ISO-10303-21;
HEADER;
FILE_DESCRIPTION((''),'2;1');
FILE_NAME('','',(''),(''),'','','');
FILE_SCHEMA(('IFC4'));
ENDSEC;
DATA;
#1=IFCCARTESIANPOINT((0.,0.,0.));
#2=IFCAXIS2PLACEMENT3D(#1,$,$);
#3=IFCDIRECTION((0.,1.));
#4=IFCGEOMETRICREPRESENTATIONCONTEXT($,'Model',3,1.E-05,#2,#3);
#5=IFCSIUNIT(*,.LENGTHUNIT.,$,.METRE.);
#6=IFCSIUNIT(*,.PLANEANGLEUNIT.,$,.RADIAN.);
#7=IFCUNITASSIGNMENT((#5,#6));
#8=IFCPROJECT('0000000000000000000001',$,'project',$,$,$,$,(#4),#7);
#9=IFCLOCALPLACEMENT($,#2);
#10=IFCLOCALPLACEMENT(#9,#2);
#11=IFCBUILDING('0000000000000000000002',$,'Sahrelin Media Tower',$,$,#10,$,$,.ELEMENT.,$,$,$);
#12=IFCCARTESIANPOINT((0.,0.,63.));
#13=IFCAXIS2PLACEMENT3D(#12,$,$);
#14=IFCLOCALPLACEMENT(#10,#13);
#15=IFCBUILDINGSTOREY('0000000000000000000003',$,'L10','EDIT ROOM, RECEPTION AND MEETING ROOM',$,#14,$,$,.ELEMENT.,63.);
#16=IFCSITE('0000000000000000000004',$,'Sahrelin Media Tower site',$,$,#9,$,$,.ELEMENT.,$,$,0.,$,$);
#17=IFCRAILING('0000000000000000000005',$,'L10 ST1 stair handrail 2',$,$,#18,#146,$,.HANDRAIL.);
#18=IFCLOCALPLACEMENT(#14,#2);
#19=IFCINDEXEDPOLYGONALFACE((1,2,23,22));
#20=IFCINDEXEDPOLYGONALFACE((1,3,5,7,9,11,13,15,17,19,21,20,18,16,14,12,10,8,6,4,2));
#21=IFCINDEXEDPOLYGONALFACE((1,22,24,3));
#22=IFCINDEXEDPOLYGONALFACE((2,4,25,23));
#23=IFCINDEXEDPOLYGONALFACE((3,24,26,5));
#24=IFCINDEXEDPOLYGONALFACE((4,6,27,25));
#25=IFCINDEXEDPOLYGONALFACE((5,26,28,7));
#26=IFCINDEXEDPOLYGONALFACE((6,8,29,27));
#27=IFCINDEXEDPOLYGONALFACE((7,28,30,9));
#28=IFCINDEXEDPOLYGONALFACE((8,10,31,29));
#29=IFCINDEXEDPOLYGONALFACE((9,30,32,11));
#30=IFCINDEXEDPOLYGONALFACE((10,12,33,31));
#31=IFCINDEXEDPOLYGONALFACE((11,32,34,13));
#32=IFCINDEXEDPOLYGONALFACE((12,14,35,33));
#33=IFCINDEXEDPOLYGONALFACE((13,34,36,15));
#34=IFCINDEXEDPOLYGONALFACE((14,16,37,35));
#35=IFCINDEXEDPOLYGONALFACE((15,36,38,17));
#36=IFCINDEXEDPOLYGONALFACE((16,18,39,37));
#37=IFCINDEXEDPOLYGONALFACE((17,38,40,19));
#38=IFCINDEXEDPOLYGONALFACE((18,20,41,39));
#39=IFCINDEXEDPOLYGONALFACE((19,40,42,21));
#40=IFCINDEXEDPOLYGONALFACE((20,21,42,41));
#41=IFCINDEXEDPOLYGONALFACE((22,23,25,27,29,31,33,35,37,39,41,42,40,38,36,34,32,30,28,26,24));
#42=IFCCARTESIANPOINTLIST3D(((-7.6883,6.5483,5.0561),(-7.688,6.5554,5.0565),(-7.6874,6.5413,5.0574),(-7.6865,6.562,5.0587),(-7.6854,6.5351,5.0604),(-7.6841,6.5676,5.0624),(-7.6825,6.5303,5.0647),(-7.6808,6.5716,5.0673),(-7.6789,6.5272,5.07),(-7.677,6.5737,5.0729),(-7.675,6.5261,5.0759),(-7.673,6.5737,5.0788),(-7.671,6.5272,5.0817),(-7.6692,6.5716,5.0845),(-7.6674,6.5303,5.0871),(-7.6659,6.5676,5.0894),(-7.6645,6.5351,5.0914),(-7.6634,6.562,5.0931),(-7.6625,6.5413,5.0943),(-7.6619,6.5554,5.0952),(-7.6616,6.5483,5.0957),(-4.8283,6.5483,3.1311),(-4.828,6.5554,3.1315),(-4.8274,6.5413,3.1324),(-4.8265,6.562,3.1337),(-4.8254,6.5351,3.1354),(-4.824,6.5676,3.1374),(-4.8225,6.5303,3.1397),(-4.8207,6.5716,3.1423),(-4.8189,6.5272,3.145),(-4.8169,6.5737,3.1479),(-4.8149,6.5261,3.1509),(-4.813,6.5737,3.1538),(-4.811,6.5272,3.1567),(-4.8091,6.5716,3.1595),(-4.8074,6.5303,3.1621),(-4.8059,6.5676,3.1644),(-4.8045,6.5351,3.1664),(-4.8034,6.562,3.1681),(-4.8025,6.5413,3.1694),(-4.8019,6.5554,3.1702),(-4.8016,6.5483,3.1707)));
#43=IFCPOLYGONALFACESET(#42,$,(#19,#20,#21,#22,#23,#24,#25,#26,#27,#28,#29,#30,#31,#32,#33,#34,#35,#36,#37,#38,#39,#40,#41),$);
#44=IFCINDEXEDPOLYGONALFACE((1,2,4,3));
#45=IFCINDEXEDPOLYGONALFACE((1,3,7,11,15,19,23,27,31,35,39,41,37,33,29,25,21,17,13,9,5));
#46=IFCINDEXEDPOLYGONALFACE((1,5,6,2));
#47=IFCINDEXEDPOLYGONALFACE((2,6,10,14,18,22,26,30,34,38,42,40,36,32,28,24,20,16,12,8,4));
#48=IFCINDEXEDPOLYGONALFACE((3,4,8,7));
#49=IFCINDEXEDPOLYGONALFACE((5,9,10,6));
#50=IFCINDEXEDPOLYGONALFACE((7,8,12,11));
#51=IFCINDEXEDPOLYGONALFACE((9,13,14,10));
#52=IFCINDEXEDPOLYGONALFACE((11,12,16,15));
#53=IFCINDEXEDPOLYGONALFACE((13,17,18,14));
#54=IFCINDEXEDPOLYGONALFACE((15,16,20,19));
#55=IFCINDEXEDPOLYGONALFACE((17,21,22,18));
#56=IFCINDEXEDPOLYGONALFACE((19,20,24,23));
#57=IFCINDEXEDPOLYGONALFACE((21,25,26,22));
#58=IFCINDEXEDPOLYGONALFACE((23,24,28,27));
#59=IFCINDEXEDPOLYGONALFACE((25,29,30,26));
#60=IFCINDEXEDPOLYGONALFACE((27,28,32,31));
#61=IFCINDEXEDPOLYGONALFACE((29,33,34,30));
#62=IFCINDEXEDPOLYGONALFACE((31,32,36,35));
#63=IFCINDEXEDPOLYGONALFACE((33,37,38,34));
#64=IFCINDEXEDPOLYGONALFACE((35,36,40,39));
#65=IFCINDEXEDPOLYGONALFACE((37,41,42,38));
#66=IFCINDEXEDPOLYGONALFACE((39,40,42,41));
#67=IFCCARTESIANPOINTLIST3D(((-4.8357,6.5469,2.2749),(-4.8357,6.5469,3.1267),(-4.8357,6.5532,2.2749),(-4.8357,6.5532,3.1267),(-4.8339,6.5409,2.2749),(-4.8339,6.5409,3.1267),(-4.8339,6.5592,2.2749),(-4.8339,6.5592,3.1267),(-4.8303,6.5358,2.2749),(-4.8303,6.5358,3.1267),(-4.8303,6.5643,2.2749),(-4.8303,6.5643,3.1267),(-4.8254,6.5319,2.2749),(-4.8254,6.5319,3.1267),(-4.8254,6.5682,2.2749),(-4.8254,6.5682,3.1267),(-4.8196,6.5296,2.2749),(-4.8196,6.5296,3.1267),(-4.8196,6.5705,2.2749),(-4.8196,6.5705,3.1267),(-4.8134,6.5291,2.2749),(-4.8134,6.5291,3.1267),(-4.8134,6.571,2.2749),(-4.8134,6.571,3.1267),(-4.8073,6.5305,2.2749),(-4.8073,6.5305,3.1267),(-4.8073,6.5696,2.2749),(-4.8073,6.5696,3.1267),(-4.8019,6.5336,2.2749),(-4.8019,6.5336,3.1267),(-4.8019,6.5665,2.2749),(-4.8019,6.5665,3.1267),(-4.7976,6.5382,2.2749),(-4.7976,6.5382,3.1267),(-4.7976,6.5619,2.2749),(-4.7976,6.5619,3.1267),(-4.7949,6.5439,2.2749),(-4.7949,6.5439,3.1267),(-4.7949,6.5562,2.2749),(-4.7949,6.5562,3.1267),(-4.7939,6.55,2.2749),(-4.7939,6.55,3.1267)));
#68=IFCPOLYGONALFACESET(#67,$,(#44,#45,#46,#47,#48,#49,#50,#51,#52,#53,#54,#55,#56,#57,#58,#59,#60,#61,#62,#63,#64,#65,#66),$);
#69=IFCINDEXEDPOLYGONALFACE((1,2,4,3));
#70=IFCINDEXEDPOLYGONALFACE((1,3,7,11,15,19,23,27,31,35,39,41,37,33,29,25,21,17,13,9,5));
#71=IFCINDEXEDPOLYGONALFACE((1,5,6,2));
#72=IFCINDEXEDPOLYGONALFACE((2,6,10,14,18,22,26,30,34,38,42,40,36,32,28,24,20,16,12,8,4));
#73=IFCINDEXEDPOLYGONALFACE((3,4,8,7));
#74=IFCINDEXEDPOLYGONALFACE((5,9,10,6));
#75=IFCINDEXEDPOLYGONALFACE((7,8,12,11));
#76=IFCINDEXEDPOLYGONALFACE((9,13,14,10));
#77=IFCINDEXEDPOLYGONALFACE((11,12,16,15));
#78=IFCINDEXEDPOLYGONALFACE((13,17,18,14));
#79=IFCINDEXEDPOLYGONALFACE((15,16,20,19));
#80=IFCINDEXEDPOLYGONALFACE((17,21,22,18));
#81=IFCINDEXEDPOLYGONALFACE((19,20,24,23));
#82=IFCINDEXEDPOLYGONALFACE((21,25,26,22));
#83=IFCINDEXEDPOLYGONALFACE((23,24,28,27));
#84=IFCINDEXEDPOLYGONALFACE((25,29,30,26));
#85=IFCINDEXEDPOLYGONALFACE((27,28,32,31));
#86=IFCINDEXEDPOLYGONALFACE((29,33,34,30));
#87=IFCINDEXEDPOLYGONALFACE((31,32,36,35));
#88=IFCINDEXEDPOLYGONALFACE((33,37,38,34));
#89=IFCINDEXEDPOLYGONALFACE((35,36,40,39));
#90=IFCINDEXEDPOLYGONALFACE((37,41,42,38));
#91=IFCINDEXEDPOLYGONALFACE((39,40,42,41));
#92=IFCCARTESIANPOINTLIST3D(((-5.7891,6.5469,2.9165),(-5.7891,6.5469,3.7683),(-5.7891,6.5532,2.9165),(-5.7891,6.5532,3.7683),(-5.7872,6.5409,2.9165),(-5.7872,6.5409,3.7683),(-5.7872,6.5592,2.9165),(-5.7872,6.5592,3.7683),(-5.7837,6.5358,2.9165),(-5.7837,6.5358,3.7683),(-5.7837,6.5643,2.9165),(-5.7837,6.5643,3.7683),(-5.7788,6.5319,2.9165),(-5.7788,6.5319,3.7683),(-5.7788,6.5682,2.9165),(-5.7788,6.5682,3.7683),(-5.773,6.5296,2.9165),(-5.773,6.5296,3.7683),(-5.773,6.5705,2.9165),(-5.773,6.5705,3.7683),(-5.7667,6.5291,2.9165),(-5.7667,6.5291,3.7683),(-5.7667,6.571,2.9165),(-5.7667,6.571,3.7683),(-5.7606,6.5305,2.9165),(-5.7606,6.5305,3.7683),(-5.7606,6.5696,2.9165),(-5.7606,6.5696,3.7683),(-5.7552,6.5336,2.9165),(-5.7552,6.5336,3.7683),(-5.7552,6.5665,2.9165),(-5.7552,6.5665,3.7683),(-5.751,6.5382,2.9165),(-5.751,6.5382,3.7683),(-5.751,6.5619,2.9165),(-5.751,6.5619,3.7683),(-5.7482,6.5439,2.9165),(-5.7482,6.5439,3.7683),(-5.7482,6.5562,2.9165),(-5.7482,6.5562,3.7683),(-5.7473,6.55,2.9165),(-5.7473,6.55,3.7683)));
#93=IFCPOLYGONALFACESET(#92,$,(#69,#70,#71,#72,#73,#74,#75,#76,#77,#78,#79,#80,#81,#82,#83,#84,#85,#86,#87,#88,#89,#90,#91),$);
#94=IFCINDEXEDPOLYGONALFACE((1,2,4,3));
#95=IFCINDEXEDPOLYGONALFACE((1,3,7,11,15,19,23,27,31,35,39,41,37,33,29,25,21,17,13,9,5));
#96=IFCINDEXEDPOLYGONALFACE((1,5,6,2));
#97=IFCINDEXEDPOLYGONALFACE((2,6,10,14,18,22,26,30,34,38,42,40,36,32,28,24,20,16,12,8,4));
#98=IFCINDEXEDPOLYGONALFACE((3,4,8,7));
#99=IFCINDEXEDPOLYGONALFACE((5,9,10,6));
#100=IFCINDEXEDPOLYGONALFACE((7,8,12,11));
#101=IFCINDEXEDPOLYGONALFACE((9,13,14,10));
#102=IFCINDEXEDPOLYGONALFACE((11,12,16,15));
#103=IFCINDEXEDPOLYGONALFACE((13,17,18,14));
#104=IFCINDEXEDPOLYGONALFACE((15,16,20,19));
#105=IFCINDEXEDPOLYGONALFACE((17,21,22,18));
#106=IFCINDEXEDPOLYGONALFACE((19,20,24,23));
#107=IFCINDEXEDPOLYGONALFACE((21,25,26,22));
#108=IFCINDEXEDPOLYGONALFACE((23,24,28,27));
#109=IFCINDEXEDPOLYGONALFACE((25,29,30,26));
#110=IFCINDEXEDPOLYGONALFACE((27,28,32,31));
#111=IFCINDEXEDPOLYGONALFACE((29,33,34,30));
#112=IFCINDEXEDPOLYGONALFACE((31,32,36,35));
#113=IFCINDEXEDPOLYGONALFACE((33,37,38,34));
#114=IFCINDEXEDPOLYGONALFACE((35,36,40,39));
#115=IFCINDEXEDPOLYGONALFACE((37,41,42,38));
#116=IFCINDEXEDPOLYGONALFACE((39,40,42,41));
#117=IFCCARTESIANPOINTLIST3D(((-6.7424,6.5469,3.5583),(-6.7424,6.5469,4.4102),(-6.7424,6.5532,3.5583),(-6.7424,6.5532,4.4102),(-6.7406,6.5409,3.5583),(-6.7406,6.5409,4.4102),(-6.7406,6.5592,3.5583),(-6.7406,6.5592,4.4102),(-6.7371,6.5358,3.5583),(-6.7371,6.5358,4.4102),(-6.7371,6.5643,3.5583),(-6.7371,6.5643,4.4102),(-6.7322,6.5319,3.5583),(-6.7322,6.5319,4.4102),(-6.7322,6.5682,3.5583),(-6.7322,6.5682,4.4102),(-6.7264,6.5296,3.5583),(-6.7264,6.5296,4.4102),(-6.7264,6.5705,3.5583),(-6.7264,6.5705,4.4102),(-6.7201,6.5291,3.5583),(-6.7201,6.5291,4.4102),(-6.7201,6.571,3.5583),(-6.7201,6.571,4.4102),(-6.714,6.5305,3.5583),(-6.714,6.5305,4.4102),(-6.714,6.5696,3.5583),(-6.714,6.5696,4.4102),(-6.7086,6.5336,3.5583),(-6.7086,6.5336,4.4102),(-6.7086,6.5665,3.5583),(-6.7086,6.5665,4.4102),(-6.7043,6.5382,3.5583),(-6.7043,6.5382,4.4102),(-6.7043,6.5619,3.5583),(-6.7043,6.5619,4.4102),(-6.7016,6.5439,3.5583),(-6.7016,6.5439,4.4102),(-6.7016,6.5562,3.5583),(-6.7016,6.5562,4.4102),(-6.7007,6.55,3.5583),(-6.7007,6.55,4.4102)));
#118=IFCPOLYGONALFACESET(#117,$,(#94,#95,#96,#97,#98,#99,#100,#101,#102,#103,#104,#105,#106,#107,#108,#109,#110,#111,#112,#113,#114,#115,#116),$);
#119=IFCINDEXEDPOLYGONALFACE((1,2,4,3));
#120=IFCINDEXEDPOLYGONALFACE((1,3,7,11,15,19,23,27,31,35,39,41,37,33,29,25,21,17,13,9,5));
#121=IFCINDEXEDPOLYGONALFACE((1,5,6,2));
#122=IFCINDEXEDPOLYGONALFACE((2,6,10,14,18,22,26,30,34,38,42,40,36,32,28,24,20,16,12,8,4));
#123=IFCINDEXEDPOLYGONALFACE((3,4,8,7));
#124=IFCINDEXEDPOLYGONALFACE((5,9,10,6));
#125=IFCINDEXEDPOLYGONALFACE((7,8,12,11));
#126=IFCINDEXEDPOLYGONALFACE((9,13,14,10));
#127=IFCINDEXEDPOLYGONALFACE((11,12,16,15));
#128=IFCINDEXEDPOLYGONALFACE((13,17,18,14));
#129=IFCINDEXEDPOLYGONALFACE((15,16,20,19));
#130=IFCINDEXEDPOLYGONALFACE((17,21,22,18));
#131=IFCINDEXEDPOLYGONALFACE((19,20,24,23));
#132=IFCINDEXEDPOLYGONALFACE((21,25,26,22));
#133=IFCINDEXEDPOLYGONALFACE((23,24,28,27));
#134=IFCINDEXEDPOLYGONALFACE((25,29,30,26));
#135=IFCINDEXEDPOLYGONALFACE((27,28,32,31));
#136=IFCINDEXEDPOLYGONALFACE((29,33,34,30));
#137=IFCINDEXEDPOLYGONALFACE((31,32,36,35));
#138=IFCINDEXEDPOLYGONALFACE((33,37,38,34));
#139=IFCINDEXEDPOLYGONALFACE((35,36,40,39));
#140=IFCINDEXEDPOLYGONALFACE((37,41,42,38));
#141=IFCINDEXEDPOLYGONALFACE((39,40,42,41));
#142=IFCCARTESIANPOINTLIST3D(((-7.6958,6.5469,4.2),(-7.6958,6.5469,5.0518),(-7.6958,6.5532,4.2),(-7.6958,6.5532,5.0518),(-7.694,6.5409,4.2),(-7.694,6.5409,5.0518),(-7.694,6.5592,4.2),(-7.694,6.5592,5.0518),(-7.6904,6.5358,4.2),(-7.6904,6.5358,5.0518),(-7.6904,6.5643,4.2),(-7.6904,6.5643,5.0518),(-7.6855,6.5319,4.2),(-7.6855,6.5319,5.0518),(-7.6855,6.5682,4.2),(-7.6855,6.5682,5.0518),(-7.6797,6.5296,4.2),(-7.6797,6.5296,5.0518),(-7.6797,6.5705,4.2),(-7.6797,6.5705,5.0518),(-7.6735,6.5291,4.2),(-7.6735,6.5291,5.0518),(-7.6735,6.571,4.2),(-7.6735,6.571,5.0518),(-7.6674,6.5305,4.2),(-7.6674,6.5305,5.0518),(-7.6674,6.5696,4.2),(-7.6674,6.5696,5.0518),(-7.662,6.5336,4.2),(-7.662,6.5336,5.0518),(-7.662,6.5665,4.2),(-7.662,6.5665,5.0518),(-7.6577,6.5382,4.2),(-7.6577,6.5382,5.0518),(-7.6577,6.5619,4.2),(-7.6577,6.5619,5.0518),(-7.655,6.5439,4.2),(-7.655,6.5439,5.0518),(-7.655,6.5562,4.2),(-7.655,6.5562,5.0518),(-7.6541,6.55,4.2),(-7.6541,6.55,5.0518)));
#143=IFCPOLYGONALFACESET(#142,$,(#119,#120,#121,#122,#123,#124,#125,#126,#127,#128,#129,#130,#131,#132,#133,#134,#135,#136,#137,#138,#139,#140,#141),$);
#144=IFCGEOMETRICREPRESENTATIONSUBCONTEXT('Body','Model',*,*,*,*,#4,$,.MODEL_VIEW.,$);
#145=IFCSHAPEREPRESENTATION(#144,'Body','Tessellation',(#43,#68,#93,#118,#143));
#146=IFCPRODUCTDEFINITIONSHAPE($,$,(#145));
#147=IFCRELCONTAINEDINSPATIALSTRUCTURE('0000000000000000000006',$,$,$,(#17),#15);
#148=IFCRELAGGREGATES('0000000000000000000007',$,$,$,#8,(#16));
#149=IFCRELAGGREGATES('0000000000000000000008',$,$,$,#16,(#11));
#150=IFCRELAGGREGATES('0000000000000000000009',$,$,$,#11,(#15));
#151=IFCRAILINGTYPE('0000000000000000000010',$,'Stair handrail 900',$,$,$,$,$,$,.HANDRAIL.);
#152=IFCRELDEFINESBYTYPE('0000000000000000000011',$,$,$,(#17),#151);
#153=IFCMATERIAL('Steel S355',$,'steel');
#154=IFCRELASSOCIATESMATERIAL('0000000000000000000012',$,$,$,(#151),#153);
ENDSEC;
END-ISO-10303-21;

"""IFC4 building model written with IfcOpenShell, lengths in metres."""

from ifc_helpers import new_model, si_unit, direction, frame, origin, origin_2d, place, context, subcontext, project, spatial, circle, extrude, material, type_object, element, save


model = new_model("IFC4")

# Units and contexts
model_context = context("Model", 3, precision=1e-05, world=origin(), true_north=direction((0.0, 1.0)))
body_context = subcontext(model_context, "Body", "Model", "MODEL_VIEW")
ifc_project = project(units=[si_unit("LENGTHUNIT", "METRE"), si_unit("PLANEANGLEUNIT", "RADIAN")], contexts=[model_context])

# Site, building, storey
site_placement = place(None, origin())
site = spatial("IfcSite", under=ifc_project, at=site_placement, Name="Sahrelin Media Tower site", CompositionType="ELEMENT", RefElevation=0.0)
building_placement = place(site_placement, origin())
building = spatial("IfcBuilding", under=site, at=building_placement, Name="Sahrelin Media Tower", CompositionType="ELEMENT")
storey_placement = place(building_placement, frame((0.0, 0.0, 63.0)))
storey = spatial("IfcBuildingStorey", under=building, at=storey_placement, Name="L10", Description="EDIT ROOM, RECEPTION AND MEETING ROOM", CompositionType="ELEMENT", Elevation=63.0)

# Shared definitions
ifc_material_1 = material(Name="Steel S355", Category="steel")

# Railing
railing_type_1 = type_object("IfcRailingType", Name="Stair handrail 900", PredefinedType="HANDRAIL", material=ifc_material_1)
railing_1_placement = place(storey_placement, frame((-4.8149, 6.55, 2.2749)))
element("IfcRailing", 1, at=railing_1_placement, inside=storey, type_object=railing_type_1, Name="L10 ST1 stair handrail 2", PredefinedType="HANDRAIL", context=body_context, shape_type="SweptSolid", body=[
    extrude(circle(Radius=0.0239, at=origin_2d()), frame((0.0, 0.0, 0.876), z_axis=(-0.829591, 0.0, 0.558372), x_axis=(0.0, -1.0, 0.0)), (0.0, 0.0, 1.0), 3.4475),
    extrude(circle(Radius=0.021, at=origin_2d()), origin(), (0.0, 0.0, 1.0), 0.8518),
    extrude(circle(Radius=0.021, at=origin_2d()), frame((-0.9534, 0.0, 0.6416)), (0.0, 0.0, 1.0), 0.8518),
    extrude(circle(Radius=0.021, at=origin_2d()), frame((-1.9067, 0.0, 1.2834)), (0.0, 0.0, 1.0), 0.8518),
    extrude(circle(Radius=0.021, at=origin_2d()), frame((-2.8601, 0.0, 1.925)), (0.0, 0.0, 1.0), 0.8518),
])

save(model, "model.ifc")
